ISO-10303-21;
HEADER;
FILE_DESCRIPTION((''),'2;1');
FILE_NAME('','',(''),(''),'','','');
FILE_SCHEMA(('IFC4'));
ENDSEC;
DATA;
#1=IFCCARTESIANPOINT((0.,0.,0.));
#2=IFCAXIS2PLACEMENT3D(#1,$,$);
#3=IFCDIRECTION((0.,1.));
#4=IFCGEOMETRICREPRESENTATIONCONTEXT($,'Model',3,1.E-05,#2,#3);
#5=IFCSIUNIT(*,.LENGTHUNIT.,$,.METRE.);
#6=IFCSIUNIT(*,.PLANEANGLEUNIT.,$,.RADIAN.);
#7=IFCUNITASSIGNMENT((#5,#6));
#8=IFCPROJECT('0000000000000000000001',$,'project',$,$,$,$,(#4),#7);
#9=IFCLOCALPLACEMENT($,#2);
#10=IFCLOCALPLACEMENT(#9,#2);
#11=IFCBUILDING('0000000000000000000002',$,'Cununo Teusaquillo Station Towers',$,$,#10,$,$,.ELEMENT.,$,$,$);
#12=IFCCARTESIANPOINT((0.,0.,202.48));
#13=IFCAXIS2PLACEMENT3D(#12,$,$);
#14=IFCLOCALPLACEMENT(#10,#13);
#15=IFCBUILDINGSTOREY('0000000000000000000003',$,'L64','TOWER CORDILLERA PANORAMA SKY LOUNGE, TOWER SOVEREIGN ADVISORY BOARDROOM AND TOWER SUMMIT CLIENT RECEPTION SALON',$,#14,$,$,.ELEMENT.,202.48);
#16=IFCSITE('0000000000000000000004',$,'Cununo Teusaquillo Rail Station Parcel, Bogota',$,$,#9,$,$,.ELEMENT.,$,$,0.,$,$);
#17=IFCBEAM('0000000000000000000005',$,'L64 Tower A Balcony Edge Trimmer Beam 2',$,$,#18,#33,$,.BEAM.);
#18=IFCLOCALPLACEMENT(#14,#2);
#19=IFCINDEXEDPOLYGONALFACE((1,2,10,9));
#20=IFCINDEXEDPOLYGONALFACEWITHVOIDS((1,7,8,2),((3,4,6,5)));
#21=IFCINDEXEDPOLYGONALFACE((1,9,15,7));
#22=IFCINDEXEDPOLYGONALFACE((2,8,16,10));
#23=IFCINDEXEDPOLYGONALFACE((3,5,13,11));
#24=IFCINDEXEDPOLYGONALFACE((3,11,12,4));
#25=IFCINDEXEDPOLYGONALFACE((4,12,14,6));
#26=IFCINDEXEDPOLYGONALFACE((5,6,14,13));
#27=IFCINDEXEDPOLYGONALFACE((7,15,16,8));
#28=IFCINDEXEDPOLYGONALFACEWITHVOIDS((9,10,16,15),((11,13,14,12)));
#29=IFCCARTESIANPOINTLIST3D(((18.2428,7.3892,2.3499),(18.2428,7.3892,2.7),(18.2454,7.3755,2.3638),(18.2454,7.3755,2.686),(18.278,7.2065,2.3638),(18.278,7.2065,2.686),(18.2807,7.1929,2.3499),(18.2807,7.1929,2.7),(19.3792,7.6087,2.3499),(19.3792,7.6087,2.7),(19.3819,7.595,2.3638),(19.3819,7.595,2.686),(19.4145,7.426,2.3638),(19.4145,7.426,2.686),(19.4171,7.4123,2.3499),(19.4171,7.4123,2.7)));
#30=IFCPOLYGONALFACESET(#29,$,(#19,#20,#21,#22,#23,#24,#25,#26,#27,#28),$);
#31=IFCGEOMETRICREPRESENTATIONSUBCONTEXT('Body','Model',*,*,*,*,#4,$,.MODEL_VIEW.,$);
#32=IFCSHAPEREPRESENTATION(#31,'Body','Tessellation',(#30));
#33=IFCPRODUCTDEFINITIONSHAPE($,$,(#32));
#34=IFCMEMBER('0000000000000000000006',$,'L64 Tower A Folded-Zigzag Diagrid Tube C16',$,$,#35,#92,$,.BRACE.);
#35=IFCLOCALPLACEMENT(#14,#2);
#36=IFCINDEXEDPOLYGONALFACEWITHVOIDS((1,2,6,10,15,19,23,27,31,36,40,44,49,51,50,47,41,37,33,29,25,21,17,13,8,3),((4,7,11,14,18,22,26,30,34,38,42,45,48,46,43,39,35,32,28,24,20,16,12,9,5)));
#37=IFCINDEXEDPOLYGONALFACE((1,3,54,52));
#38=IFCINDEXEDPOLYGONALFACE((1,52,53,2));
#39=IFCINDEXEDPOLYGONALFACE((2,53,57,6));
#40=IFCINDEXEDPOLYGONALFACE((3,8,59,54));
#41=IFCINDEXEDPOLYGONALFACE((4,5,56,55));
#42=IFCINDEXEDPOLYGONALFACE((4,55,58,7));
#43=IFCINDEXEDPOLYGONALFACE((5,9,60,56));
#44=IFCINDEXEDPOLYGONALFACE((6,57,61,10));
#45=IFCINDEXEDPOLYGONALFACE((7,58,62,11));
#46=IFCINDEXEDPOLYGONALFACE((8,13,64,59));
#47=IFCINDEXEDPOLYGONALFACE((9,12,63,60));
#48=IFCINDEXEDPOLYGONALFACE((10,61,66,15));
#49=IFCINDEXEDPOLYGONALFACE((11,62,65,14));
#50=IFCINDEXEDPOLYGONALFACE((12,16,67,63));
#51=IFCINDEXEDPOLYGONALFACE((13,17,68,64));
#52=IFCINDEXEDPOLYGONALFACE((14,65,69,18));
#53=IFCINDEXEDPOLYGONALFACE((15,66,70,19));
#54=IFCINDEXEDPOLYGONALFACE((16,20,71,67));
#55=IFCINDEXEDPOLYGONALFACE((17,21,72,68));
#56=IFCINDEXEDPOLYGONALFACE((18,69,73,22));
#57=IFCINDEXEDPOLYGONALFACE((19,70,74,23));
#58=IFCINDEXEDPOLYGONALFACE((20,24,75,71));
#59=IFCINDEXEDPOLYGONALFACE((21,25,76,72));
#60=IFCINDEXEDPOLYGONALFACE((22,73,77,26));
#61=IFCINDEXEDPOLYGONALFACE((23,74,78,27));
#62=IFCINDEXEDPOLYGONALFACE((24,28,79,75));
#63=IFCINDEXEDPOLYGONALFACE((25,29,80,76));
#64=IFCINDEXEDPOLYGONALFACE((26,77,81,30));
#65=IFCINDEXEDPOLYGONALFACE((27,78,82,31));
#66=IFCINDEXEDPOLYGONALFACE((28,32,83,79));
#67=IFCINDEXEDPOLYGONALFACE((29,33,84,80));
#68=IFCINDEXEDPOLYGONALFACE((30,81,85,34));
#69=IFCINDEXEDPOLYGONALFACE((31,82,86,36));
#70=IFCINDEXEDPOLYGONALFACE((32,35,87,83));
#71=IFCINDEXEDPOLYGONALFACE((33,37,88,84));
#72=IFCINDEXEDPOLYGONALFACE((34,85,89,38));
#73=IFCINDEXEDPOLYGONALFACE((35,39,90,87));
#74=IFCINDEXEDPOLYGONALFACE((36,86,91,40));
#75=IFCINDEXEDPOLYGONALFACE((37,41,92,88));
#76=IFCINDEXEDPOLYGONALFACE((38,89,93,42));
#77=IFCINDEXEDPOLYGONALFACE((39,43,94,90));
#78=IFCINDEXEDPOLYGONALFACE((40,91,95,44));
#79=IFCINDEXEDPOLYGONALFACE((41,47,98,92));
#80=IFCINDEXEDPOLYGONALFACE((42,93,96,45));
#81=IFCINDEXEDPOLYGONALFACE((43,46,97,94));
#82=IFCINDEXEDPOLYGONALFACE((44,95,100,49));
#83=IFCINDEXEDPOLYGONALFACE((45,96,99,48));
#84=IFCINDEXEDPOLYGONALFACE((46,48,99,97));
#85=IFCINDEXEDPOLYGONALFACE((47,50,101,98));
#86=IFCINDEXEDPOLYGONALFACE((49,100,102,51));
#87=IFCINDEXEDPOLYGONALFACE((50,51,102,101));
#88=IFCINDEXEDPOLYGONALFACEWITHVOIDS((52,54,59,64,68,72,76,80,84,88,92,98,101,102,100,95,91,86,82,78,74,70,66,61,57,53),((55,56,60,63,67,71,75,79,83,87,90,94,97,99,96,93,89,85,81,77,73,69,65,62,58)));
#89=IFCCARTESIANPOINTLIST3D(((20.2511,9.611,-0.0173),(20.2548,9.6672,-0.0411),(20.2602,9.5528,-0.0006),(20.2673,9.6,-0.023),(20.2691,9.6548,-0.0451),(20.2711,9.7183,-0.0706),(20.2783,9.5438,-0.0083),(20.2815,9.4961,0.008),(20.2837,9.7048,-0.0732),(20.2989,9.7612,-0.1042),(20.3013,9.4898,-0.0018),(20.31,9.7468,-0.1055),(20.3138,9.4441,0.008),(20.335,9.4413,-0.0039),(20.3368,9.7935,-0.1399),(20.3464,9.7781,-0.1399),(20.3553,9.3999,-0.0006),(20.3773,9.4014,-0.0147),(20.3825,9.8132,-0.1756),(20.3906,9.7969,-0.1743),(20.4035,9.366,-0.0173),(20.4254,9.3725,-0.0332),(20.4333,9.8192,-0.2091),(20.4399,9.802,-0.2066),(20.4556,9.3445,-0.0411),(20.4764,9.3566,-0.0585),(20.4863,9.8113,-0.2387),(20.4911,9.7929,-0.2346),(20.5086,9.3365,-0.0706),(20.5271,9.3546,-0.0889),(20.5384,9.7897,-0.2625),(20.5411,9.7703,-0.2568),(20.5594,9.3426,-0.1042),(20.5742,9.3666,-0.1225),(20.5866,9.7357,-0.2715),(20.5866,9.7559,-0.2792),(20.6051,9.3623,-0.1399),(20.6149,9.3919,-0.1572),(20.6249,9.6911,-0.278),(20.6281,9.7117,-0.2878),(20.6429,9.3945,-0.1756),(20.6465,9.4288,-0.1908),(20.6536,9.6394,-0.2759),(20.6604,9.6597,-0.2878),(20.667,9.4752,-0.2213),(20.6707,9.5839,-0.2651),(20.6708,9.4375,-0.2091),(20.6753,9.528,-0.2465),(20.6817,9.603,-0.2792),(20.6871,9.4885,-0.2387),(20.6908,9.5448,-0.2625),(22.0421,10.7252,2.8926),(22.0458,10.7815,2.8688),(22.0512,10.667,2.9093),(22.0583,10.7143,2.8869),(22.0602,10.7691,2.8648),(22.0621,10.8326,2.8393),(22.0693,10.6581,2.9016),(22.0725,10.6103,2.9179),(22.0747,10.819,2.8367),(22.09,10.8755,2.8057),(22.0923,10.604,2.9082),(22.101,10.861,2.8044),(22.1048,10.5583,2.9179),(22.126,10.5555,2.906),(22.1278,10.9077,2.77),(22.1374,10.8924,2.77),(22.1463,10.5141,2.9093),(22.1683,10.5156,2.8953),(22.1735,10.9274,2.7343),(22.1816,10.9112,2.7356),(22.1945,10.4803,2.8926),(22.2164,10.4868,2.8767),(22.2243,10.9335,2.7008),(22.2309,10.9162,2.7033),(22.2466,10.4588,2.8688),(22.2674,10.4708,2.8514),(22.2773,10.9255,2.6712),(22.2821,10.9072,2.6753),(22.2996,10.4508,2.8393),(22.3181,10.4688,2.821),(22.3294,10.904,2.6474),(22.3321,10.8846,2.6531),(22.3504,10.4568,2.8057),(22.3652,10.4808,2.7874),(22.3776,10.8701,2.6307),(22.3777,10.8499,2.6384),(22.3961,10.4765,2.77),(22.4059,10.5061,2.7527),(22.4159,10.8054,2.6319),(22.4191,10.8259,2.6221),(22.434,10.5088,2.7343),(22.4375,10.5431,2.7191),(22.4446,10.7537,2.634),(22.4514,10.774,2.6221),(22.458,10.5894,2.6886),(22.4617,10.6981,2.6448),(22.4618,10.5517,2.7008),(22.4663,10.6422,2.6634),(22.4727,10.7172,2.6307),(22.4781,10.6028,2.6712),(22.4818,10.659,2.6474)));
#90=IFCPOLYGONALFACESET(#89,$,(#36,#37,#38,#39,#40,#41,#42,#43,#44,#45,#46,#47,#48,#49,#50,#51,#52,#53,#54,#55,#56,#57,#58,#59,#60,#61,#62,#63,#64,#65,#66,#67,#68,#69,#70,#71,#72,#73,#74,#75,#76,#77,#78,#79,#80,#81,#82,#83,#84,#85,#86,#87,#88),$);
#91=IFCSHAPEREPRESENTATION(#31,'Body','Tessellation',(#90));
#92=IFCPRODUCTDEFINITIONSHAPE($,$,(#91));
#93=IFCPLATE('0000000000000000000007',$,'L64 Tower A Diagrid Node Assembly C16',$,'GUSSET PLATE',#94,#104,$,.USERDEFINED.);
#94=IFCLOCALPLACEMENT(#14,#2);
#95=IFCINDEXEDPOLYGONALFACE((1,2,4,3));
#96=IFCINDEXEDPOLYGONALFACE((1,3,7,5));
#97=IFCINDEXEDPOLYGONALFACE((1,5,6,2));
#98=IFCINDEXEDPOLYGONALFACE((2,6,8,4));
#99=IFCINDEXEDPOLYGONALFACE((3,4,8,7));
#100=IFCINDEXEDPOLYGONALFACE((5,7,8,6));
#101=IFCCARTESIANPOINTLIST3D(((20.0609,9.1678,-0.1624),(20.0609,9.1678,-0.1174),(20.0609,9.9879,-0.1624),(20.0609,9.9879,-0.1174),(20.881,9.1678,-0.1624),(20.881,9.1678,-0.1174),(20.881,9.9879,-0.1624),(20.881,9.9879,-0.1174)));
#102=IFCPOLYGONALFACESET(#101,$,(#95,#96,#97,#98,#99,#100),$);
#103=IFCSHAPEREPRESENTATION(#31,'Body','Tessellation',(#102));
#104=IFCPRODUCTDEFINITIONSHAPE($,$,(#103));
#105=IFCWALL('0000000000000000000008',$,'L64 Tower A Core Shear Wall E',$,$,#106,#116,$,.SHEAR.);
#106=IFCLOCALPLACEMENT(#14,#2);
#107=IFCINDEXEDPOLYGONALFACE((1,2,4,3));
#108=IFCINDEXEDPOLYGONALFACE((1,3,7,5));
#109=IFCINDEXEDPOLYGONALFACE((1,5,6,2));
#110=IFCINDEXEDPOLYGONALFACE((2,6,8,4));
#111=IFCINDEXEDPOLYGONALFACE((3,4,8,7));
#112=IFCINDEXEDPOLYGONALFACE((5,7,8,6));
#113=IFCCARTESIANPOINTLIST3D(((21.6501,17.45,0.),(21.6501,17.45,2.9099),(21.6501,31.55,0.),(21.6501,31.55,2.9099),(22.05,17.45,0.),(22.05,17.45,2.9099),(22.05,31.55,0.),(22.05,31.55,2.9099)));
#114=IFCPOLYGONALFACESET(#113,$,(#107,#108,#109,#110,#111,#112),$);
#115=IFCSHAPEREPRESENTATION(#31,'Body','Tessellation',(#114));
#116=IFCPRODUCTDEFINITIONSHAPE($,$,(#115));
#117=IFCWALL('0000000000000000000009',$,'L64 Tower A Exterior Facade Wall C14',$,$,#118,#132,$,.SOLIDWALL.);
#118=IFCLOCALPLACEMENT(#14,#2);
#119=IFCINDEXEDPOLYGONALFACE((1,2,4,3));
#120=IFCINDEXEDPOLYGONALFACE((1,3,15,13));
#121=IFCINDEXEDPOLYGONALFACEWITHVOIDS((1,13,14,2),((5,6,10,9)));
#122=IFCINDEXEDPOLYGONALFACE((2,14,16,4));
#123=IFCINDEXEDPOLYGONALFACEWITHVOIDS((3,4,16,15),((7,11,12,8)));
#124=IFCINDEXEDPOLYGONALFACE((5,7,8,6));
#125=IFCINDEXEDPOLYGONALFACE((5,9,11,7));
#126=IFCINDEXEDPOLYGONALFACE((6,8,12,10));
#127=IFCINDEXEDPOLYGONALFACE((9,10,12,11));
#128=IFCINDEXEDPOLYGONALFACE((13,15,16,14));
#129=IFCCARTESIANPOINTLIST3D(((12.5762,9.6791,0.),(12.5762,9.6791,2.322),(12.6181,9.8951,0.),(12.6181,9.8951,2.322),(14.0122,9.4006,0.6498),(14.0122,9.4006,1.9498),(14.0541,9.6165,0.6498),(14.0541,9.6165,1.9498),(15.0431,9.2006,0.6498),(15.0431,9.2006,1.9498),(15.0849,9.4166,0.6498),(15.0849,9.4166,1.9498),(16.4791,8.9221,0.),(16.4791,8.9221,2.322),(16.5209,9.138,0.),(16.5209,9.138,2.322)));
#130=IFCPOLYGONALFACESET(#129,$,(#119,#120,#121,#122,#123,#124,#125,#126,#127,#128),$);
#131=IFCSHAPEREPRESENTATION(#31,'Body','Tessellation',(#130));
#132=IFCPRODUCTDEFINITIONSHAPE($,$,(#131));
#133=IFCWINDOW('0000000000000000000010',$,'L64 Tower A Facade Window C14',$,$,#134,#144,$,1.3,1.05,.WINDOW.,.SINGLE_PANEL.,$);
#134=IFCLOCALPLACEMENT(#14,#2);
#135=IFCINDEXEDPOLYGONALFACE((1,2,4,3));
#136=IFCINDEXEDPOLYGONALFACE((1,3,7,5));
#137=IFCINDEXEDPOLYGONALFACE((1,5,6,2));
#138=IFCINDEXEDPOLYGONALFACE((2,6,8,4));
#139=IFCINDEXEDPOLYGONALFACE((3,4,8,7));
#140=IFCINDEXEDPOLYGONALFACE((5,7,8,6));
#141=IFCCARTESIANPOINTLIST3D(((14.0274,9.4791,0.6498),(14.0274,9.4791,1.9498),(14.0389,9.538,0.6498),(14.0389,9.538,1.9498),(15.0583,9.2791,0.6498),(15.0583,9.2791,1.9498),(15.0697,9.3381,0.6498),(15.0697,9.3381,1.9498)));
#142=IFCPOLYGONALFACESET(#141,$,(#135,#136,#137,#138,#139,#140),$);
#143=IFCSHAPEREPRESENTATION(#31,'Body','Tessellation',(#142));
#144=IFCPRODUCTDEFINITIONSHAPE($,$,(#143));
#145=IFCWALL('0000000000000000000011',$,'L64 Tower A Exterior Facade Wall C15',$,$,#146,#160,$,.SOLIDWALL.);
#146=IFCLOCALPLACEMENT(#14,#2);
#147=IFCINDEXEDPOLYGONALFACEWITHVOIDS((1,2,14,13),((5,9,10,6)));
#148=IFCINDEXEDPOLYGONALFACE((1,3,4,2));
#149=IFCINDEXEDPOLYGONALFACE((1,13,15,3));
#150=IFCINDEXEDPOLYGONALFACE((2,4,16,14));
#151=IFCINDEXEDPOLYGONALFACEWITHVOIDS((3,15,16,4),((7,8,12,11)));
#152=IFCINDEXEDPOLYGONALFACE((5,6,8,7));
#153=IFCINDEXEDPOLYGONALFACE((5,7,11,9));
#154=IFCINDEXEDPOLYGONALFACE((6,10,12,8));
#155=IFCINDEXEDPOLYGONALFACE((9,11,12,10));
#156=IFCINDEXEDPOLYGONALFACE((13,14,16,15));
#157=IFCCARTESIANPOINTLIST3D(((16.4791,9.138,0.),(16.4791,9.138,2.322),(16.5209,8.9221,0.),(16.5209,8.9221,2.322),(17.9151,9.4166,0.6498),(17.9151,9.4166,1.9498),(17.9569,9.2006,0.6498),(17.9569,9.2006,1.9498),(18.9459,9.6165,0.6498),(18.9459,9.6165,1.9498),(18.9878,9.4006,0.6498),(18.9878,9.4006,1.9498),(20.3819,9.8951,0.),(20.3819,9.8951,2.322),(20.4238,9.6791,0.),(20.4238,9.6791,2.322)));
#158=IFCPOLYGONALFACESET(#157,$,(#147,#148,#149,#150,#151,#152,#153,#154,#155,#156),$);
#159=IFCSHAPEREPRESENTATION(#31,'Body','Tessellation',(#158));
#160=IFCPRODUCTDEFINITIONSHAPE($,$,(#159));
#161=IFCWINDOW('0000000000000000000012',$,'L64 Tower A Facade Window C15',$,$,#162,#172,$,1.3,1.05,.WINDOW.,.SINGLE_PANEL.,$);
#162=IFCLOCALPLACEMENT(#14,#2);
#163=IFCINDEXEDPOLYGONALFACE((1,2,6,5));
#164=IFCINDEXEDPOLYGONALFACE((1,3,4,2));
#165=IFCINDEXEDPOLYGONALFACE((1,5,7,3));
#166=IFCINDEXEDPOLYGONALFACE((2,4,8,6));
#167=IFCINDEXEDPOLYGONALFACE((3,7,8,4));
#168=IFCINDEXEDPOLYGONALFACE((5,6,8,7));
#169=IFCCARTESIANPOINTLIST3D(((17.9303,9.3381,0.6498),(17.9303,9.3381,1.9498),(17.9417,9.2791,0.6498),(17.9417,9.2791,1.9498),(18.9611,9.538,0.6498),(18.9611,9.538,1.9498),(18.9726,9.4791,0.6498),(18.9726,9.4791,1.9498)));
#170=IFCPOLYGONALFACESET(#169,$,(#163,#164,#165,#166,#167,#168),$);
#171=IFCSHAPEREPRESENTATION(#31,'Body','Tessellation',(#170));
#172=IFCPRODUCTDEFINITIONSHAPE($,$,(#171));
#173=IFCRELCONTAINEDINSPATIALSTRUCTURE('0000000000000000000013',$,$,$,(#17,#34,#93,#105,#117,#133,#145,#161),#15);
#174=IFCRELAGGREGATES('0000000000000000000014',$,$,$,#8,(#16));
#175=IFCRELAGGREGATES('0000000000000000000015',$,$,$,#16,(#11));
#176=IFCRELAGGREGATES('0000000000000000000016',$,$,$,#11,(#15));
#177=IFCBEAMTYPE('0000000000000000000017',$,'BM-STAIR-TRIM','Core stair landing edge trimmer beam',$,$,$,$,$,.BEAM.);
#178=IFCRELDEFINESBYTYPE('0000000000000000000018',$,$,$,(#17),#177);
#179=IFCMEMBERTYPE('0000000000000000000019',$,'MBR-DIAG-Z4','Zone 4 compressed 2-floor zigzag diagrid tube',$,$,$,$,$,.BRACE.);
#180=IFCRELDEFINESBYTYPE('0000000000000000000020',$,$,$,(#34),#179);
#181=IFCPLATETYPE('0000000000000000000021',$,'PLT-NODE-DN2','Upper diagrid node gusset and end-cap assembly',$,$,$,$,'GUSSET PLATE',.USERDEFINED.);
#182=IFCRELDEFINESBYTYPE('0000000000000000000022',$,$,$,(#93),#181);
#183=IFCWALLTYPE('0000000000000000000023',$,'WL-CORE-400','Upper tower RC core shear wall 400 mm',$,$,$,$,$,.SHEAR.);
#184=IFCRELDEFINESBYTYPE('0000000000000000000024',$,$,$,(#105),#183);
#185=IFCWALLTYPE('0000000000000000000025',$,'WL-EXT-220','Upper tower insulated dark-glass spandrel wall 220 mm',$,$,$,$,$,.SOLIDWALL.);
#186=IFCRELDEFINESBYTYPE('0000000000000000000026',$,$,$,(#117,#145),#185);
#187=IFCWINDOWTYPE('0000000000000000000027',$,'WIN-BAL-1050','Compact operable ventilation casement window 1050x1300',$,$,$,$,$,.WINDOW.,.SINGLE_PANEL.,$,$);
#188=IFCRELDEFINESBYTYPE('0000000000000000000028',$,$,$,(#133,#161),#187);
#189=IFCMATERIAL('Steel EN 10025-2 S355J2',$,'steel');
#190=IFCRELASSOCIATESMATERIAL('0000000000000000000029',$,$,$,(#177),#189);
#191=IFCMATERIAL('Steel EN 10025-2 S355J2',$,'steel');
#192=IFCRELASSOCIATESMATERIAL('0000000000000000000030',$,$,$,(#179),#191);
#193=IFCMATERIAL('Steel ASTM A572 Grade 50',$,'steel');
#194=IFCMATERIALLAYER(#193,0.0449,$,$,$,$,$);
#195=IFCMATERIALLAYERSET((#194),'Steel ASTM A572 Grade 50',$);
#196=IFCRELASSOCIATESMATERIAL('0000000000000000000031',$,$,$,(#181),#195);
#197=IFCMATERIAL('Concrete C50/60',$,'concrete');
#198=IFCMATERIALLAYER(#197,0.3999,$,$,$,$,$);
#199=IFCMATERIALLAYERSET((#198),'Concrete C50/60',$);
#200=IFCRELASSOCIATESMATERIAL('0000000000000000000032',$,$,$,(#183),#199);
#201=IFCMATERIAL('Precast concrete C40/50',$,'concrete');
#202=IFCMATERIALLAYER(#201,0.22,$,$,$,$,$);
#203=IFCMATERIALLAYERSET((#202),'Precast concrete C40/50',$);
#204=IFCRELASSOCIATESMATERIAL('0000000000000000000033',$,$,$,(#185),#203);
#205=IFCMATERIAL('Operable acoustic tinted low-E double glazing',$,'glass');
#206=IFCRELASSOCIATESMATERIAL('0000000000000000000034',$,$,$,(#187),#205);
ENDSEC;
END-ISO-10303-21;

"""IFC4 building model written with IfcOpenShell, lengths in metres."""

from ifc_helpers import new_model, si_unit, direction, frame, frame_2d, origin, origin_2d, place, context, subcontext, project, spatial, rectangle, hollow_rectangle, hollow_circle, extrude, source, transform, mapped, material, layer, layer_set, material_profile, profile_set, type_object, element, fill, save


model = new_model("IFC4")

# Units and contexts
model_context = context("Model", 3, precision=1e-05, world=origin(), true_north=direction((0.0, 1.0)))
body_context = subcontext(model_context, "Body", "Model", "MODEL_VIEW")
ifc_project = project(units=[si_unit("LENGTHUNIT", "METRE"), si_unit("PLANEANGLEUNIT", "RADIAN")], contexts=[model_context])

# Site, building, storey
site_placement = place(None, origin())
site = spatial("IfcSite", under=ifc_project, at=site_placement, Name="Cununo Teusaquillo Rail Station Parcel, Bogota", CompositionType="ELEMENT", RefElevation=0.0)
building_placement = place(site_placement, origin())
building = spatial("IfcBuilding", under=site, at=building_placement, Name="Cununo Teusaquillo Station Towers", CompositionType="ELEMENT")
storey_placement = place(building_placement, frame((0.0, 0.0, 202.48)))
storey = spatial("IfcBuildingStorey", under=building, at=storey_placement, Name="L64", Description="TOWER CORDILLERA PANORAMA SKY LOUNGE, TOWER SOVEREIGN ADVISORY BOARDROOM AND TOWER SUMMIT CLIENT RECEPTION SALON", CompositionType="ELEMENT", Elevation=202.48)

# Beam
ifc_material_1 = material(Name="Steel EN 10025-2 S355J2", Category="steel")
ifc_material_profile_1 = material_profile(ifc_material_1, hollow_rectangle(XDim=0.2, YDim=0.3501, WallThickness=0.0139, at=origin_2d()), Name="RHS 350x200x14")
ifc_profile_set_1 = profile_set([ifc_material_profile_1], Name="Steel EN 10025-2 S355J2")
beam_type_1 = type_object("IfcBeamType", Name="BM-STAIR-TRIM", Description="Core stair landing edge trimmer beam", PredefinedType="BEAM", material=ifc_profile_set_1)
beam_1_placement = place(storey_placement, frame((18.2617, 7.291, 2.5249), z_axis=(0.981857, 0.189622, 0.0), x_axis=(-0.189622, 0.981857, 0.0)))
element("IfcBeam", 1, at=beam_1_placement, inside=storey, type_object=beam_type_1, Name="L64 Tower A Balcony Edge Trimmer Beam 2", PredefinedType="BEAM", context=body_context, shape_type="SweptSolid", body=[
    extrude(hollow_rectangle(XDim=0.2, YDim=0.3501, WallThickness=0.0139, at=origin_2d()), origin(), (0.0, 0.0, 1.0), 1.1575),
])

# Member
ifc_material_2 = material(Name="Steel EN 10025-2 S355J2", Category="steel")
ifc_material_profile_2 = material_profile(ifc_material_2, hollow_circle(Radius=0.2539, WallThickness=0.0181, at=origin_2d()), Name="CHS 508x18")
ifc_profile_set_2 = profile_set([ifc_material_profile_2], Name="Steel EN 10025-2 S355J2")
member_type = type_object("IfcMemberType", Name="MBR-DIAG-Z4", Description="Zone 4 compressed 2-floor zigzag diagrid tube", PredefinedType="BRACE", material=ifc_profile_set_2)
member_placement = place(storey_placement, frame((20.4709, 9.5779, -0.1399), z_axis=(0.498334, 0.310032, 0.809656), x_axis=(-0.52825, 0.849089, 0.0)))
element("IfcMember", 2, at=member_placement, inside=storey, type_object=member_type, Name="L64 Tower A Folded-Zigzag Diagrid Tube C16", PredefinedType="BRACE", context=body_context, shape_type="SweptSolid", body=[
    extrude(hollow_circle(Radius=0.2539, WallThickness=0.0181, at=origin_2d()), origin(), (0.0, 0.0, 1.0), 3.594),
])

# Plate
ifc_material_3 = material(Name="Steel ASTM A572 Grade 50", Category="steel")
ifc_layer_1 = layer(ifc_material_3, 0.0449)
ifc_layer_set_1 = layer_set([ifc_layer_1], Name="Steel ASTM A572 Grade 50")
plate_type = type_object("IfcPlateType", Name="PLT-NODE-DN2", Description="Upper diagrid node gusset and end-cap assembly", ElementType="GUSSET PLATE", PredefinedType="USERDEFINED", material=ifc_layer_set_1)
shared_shape_1 = source(origin(), body_context, "Body", "SweptSolid", [
    extrude(rectangle(XDim=0.8201, YDim=0.8201, at=origin_2d()), origin(), (0.0, 0.0, 1.0), 0.0449),
])
plate_placement = place(storey_placement, frame((20.4709, 9.5779, -0.1624), z_axis=(0.0, 0.0, 1.0), x_axis=(1.0, 0.0, 0.0)))
element("IfcPlate", 3, at=plate_placement, inside=storey, type_object=plate_type, Name="L64 Tower A Diagrid Node Assembly C16", ObjectType="GUSSET PLATE", PredefinedType="USERDEFINED", context=body_context, shape_type="MappedRepresentation", body=[
    mapped(shared_shape_1, transform((0.0, 0.0, 0.0), x_axis=(1.0, 0.0, 0.0), y_axis=(0.0, 1.0, 0.0), z_axis=(0.0, 0.0, 1.0), scale=1.0)),
])

# Wall
ifc_material_4 = material(Name="Concrete C50/60", Category="concrete")
ifc_layer_2 = layer(ifc_material_4, 0.3999)
ifc_layer_set_2 = layer_set([ifc_layer_2], Name="Concrete C50/60")
wall_type_1 = type_object("IfcWallType", Name="WL-CORE-400", Description="Upper tower RC core shear wall 400 mm", PredefinedType="SHEAR", material=ifc_layer_set_2)
wall_1_placement = place(storey_placement, frame((21.8501, 17.45, 0.0), z_axis=(0.0, 0.0, 1.0), x_axis=(0.0, 1.0, 0.0)))
element("IfcWall", 4, at=wall_1_placement, inside=storey, type_object=wall_type_1, Name="L64 Tower A Core Shear Wall E", PredefinedType="SHEAR", context=body_context, shape_type="SweptSolid", body=[
    extrude(rectangle(XDim=14.1001, YDim=0.3999, at=frame_2d((7.05, 0.0))), origin(), (0.0, 0.0, 1.0), 2.9099),
])

# Walls, openings, windows
ifc_material_5 = material(Name="Precast concrete C40/50", Category="concrete")
ifc_layer_3 = layer(ifc_material_5, 0.22)
ifc_layer_set_3 = layer_set([ifc_layer_3], Name="Precast concrete C40/50")
wall_type_2 = type_object("IfcWallType", Name="WL-EXT-220", Description="Upper tower insulated dark-glass spandrel wall 220 mm", PredefinedType="SOLIDWALL", material=ifc_layer_set_3)
wall_2_placement = place(storey_placement, frame((16.5, 9.03, 0.0), z_axis=(0.0, 0.0, 1.0), x_axis=(-0.9817, 0.190432, 0.0)))
wall_2 = element("IfcWall", 5, at=wall_2_placement, inside=storey, type_object=wall_type_2, Name="L64 Tower A Exterior Facade Wall C14", PredefinedType="SOLIDWALL", context=body_context, shape_type="SweptSolid", body=[
    extrude(rectangle(XDim=3.9756, YDim=0.22, at=frame_2d((1.9878, 0.0))), origin(), (0.0, 0.0, 1.0), 2.322),
])
shared_shape_2 = source(origin(), body_context, "Body", "SweptSolid", [
    extrude(rectangle(XDim=1.05, YDim=1.3, at=frame_2d((0.5249, 0.6499))), frame((0.0, 0.1199, 0.0), z_axis=(0.0, -1.0, 0.0), x_axis=(1.0, 0.0, 0.0)), (0.0, 0.0, 1.0), 0.24),
])
opening_1_placement = place(wall_2_placement, frame((1.4629, 0.0, 0.6499)))
opening_1 = element("IfcOpeningElement", 6, at=opening_1_placement, cuts=wall_2, PredefinedType="OPENING", context=body_context, shape_type="MappedRepresentation", body=[
    mapped(shared_shape_2, transform((0.0, 0.0, 0.0), x_axis=(1.0, 0.0, 0.0), y_axis=(0.0, 1.0, 0.0), z_axis=(0.0, 0.0, 1.0), scale=1.0)),
])
ifc_material_6 = material(Name="Operable acoustic tinted low-E double glazing", Category="glass")
window_type = type_object("IfcWindowType", Name="WIN-BAL-1050", Description="Compact operable ventilation casement window 1050x1300", PartitioningType="SINGLE_PANEL", PredefinedType="WINDOW", material=ifc_material_6)
shared_shape_3 = source(origin(), body_context, "Body", "SweptSolid", [
    extrude(rectangle(XDim=1.05, YDim=1.3, at=frame_2d((0.5249, 0.6499))), frame((0.0, 0.03, 0.0), z_axis=(0.0, -1.0, 0.0), x_axis=(1.0, 0.0, 0.0)), (0.0, 0.0, 1.0), 0.0601),
])
window_1_placement = place(opening_1_placement, origin())
window_1 = element("IfcWindow", 7, at=window_1_placement, inside=storey, type_object=window_type, Name="L64 Tower A Facade Window C14", OverallHeight=1.3, OverallWidth=1.05, PartitioningType="SINGLE_PANEL", PredefinedType="WINDOW", context=body_context, shape_type="MappedRepresentation", body=[
    mapped(shared_shape_3, transform((0.0, 0.0, 0.0), x_axis=(1.0, 0.0, 0.0), y_axis=(0.0, 1.0, 0.0), z_axis=(0.0, 0.0, 1.0), scale=1.0)),
])
fill(opening_1, window_1)
wall_3_placement = place(storey_placement, frame((20.4028, 9.7871, 0.0), z_axis=(0.0, 0.0, 1.0), x_axis=(-0.9817, -0.190432, 0.0)))
wall_3 = element("IfcWall", 8, at=wall_3_placement, inside=storey, type_object=wall_type_2, Name="L64 Tower A Exterior Facade Wall C15", PredefinedType="SOLIDWALL", context=body_context, shape_type="SweptSolid", body=[
    extrude(rectangle(XDim=3.9756, YDim=0.22, at=frame_2d((1.9878, 0.0))), origin(), (0.0, 0.0, 1.0), 2.322),
])
opening_2_placement = place(wall_3_placement, frame((1.4629, 0.0, 0.6499)))
opening_2 = element("IfcOpeningElement", 9, at=opening_2_placement, cuts=wall_3, PredefinedType="OPENING", context=body_context, shape_type="MappedRepresentation", body=[
    mapped(shared_shape_2, transform((0.0, 0.0, 0.0), x_axis=(1.0, 0.0, 0.0), y_axis=(0.0, 1.0, 0.0), z_axis=(0.0, 0.0, 1.0), scale=1.0)),
])
window_2_placement = place(opening_2_placement, origin())
window_2 = element("IfcWindow", 10, at=window_2_placement, inside=storey, type_object=window_type, Name="L64 Tower A Facade Window C15", OverallHeight=1.3, OverallWidth=1.05, PartitioningType="SINGLE_PANEL", PredefinedType="WINDOW", context=body_context, shape_type="MappedRepresentation", body=[
    mapped(shared_shape_3, transform((0.0, 0.0, 0.0), x_axis=(1.0, 0.0, 0.0), y_axis=(0.0, 1.0, 0.0), z_axis=(0.0, 0.0, 1.0), scale=1.0)),
])
fill(opening_2, window_2)

save(model, "model.ifc")
